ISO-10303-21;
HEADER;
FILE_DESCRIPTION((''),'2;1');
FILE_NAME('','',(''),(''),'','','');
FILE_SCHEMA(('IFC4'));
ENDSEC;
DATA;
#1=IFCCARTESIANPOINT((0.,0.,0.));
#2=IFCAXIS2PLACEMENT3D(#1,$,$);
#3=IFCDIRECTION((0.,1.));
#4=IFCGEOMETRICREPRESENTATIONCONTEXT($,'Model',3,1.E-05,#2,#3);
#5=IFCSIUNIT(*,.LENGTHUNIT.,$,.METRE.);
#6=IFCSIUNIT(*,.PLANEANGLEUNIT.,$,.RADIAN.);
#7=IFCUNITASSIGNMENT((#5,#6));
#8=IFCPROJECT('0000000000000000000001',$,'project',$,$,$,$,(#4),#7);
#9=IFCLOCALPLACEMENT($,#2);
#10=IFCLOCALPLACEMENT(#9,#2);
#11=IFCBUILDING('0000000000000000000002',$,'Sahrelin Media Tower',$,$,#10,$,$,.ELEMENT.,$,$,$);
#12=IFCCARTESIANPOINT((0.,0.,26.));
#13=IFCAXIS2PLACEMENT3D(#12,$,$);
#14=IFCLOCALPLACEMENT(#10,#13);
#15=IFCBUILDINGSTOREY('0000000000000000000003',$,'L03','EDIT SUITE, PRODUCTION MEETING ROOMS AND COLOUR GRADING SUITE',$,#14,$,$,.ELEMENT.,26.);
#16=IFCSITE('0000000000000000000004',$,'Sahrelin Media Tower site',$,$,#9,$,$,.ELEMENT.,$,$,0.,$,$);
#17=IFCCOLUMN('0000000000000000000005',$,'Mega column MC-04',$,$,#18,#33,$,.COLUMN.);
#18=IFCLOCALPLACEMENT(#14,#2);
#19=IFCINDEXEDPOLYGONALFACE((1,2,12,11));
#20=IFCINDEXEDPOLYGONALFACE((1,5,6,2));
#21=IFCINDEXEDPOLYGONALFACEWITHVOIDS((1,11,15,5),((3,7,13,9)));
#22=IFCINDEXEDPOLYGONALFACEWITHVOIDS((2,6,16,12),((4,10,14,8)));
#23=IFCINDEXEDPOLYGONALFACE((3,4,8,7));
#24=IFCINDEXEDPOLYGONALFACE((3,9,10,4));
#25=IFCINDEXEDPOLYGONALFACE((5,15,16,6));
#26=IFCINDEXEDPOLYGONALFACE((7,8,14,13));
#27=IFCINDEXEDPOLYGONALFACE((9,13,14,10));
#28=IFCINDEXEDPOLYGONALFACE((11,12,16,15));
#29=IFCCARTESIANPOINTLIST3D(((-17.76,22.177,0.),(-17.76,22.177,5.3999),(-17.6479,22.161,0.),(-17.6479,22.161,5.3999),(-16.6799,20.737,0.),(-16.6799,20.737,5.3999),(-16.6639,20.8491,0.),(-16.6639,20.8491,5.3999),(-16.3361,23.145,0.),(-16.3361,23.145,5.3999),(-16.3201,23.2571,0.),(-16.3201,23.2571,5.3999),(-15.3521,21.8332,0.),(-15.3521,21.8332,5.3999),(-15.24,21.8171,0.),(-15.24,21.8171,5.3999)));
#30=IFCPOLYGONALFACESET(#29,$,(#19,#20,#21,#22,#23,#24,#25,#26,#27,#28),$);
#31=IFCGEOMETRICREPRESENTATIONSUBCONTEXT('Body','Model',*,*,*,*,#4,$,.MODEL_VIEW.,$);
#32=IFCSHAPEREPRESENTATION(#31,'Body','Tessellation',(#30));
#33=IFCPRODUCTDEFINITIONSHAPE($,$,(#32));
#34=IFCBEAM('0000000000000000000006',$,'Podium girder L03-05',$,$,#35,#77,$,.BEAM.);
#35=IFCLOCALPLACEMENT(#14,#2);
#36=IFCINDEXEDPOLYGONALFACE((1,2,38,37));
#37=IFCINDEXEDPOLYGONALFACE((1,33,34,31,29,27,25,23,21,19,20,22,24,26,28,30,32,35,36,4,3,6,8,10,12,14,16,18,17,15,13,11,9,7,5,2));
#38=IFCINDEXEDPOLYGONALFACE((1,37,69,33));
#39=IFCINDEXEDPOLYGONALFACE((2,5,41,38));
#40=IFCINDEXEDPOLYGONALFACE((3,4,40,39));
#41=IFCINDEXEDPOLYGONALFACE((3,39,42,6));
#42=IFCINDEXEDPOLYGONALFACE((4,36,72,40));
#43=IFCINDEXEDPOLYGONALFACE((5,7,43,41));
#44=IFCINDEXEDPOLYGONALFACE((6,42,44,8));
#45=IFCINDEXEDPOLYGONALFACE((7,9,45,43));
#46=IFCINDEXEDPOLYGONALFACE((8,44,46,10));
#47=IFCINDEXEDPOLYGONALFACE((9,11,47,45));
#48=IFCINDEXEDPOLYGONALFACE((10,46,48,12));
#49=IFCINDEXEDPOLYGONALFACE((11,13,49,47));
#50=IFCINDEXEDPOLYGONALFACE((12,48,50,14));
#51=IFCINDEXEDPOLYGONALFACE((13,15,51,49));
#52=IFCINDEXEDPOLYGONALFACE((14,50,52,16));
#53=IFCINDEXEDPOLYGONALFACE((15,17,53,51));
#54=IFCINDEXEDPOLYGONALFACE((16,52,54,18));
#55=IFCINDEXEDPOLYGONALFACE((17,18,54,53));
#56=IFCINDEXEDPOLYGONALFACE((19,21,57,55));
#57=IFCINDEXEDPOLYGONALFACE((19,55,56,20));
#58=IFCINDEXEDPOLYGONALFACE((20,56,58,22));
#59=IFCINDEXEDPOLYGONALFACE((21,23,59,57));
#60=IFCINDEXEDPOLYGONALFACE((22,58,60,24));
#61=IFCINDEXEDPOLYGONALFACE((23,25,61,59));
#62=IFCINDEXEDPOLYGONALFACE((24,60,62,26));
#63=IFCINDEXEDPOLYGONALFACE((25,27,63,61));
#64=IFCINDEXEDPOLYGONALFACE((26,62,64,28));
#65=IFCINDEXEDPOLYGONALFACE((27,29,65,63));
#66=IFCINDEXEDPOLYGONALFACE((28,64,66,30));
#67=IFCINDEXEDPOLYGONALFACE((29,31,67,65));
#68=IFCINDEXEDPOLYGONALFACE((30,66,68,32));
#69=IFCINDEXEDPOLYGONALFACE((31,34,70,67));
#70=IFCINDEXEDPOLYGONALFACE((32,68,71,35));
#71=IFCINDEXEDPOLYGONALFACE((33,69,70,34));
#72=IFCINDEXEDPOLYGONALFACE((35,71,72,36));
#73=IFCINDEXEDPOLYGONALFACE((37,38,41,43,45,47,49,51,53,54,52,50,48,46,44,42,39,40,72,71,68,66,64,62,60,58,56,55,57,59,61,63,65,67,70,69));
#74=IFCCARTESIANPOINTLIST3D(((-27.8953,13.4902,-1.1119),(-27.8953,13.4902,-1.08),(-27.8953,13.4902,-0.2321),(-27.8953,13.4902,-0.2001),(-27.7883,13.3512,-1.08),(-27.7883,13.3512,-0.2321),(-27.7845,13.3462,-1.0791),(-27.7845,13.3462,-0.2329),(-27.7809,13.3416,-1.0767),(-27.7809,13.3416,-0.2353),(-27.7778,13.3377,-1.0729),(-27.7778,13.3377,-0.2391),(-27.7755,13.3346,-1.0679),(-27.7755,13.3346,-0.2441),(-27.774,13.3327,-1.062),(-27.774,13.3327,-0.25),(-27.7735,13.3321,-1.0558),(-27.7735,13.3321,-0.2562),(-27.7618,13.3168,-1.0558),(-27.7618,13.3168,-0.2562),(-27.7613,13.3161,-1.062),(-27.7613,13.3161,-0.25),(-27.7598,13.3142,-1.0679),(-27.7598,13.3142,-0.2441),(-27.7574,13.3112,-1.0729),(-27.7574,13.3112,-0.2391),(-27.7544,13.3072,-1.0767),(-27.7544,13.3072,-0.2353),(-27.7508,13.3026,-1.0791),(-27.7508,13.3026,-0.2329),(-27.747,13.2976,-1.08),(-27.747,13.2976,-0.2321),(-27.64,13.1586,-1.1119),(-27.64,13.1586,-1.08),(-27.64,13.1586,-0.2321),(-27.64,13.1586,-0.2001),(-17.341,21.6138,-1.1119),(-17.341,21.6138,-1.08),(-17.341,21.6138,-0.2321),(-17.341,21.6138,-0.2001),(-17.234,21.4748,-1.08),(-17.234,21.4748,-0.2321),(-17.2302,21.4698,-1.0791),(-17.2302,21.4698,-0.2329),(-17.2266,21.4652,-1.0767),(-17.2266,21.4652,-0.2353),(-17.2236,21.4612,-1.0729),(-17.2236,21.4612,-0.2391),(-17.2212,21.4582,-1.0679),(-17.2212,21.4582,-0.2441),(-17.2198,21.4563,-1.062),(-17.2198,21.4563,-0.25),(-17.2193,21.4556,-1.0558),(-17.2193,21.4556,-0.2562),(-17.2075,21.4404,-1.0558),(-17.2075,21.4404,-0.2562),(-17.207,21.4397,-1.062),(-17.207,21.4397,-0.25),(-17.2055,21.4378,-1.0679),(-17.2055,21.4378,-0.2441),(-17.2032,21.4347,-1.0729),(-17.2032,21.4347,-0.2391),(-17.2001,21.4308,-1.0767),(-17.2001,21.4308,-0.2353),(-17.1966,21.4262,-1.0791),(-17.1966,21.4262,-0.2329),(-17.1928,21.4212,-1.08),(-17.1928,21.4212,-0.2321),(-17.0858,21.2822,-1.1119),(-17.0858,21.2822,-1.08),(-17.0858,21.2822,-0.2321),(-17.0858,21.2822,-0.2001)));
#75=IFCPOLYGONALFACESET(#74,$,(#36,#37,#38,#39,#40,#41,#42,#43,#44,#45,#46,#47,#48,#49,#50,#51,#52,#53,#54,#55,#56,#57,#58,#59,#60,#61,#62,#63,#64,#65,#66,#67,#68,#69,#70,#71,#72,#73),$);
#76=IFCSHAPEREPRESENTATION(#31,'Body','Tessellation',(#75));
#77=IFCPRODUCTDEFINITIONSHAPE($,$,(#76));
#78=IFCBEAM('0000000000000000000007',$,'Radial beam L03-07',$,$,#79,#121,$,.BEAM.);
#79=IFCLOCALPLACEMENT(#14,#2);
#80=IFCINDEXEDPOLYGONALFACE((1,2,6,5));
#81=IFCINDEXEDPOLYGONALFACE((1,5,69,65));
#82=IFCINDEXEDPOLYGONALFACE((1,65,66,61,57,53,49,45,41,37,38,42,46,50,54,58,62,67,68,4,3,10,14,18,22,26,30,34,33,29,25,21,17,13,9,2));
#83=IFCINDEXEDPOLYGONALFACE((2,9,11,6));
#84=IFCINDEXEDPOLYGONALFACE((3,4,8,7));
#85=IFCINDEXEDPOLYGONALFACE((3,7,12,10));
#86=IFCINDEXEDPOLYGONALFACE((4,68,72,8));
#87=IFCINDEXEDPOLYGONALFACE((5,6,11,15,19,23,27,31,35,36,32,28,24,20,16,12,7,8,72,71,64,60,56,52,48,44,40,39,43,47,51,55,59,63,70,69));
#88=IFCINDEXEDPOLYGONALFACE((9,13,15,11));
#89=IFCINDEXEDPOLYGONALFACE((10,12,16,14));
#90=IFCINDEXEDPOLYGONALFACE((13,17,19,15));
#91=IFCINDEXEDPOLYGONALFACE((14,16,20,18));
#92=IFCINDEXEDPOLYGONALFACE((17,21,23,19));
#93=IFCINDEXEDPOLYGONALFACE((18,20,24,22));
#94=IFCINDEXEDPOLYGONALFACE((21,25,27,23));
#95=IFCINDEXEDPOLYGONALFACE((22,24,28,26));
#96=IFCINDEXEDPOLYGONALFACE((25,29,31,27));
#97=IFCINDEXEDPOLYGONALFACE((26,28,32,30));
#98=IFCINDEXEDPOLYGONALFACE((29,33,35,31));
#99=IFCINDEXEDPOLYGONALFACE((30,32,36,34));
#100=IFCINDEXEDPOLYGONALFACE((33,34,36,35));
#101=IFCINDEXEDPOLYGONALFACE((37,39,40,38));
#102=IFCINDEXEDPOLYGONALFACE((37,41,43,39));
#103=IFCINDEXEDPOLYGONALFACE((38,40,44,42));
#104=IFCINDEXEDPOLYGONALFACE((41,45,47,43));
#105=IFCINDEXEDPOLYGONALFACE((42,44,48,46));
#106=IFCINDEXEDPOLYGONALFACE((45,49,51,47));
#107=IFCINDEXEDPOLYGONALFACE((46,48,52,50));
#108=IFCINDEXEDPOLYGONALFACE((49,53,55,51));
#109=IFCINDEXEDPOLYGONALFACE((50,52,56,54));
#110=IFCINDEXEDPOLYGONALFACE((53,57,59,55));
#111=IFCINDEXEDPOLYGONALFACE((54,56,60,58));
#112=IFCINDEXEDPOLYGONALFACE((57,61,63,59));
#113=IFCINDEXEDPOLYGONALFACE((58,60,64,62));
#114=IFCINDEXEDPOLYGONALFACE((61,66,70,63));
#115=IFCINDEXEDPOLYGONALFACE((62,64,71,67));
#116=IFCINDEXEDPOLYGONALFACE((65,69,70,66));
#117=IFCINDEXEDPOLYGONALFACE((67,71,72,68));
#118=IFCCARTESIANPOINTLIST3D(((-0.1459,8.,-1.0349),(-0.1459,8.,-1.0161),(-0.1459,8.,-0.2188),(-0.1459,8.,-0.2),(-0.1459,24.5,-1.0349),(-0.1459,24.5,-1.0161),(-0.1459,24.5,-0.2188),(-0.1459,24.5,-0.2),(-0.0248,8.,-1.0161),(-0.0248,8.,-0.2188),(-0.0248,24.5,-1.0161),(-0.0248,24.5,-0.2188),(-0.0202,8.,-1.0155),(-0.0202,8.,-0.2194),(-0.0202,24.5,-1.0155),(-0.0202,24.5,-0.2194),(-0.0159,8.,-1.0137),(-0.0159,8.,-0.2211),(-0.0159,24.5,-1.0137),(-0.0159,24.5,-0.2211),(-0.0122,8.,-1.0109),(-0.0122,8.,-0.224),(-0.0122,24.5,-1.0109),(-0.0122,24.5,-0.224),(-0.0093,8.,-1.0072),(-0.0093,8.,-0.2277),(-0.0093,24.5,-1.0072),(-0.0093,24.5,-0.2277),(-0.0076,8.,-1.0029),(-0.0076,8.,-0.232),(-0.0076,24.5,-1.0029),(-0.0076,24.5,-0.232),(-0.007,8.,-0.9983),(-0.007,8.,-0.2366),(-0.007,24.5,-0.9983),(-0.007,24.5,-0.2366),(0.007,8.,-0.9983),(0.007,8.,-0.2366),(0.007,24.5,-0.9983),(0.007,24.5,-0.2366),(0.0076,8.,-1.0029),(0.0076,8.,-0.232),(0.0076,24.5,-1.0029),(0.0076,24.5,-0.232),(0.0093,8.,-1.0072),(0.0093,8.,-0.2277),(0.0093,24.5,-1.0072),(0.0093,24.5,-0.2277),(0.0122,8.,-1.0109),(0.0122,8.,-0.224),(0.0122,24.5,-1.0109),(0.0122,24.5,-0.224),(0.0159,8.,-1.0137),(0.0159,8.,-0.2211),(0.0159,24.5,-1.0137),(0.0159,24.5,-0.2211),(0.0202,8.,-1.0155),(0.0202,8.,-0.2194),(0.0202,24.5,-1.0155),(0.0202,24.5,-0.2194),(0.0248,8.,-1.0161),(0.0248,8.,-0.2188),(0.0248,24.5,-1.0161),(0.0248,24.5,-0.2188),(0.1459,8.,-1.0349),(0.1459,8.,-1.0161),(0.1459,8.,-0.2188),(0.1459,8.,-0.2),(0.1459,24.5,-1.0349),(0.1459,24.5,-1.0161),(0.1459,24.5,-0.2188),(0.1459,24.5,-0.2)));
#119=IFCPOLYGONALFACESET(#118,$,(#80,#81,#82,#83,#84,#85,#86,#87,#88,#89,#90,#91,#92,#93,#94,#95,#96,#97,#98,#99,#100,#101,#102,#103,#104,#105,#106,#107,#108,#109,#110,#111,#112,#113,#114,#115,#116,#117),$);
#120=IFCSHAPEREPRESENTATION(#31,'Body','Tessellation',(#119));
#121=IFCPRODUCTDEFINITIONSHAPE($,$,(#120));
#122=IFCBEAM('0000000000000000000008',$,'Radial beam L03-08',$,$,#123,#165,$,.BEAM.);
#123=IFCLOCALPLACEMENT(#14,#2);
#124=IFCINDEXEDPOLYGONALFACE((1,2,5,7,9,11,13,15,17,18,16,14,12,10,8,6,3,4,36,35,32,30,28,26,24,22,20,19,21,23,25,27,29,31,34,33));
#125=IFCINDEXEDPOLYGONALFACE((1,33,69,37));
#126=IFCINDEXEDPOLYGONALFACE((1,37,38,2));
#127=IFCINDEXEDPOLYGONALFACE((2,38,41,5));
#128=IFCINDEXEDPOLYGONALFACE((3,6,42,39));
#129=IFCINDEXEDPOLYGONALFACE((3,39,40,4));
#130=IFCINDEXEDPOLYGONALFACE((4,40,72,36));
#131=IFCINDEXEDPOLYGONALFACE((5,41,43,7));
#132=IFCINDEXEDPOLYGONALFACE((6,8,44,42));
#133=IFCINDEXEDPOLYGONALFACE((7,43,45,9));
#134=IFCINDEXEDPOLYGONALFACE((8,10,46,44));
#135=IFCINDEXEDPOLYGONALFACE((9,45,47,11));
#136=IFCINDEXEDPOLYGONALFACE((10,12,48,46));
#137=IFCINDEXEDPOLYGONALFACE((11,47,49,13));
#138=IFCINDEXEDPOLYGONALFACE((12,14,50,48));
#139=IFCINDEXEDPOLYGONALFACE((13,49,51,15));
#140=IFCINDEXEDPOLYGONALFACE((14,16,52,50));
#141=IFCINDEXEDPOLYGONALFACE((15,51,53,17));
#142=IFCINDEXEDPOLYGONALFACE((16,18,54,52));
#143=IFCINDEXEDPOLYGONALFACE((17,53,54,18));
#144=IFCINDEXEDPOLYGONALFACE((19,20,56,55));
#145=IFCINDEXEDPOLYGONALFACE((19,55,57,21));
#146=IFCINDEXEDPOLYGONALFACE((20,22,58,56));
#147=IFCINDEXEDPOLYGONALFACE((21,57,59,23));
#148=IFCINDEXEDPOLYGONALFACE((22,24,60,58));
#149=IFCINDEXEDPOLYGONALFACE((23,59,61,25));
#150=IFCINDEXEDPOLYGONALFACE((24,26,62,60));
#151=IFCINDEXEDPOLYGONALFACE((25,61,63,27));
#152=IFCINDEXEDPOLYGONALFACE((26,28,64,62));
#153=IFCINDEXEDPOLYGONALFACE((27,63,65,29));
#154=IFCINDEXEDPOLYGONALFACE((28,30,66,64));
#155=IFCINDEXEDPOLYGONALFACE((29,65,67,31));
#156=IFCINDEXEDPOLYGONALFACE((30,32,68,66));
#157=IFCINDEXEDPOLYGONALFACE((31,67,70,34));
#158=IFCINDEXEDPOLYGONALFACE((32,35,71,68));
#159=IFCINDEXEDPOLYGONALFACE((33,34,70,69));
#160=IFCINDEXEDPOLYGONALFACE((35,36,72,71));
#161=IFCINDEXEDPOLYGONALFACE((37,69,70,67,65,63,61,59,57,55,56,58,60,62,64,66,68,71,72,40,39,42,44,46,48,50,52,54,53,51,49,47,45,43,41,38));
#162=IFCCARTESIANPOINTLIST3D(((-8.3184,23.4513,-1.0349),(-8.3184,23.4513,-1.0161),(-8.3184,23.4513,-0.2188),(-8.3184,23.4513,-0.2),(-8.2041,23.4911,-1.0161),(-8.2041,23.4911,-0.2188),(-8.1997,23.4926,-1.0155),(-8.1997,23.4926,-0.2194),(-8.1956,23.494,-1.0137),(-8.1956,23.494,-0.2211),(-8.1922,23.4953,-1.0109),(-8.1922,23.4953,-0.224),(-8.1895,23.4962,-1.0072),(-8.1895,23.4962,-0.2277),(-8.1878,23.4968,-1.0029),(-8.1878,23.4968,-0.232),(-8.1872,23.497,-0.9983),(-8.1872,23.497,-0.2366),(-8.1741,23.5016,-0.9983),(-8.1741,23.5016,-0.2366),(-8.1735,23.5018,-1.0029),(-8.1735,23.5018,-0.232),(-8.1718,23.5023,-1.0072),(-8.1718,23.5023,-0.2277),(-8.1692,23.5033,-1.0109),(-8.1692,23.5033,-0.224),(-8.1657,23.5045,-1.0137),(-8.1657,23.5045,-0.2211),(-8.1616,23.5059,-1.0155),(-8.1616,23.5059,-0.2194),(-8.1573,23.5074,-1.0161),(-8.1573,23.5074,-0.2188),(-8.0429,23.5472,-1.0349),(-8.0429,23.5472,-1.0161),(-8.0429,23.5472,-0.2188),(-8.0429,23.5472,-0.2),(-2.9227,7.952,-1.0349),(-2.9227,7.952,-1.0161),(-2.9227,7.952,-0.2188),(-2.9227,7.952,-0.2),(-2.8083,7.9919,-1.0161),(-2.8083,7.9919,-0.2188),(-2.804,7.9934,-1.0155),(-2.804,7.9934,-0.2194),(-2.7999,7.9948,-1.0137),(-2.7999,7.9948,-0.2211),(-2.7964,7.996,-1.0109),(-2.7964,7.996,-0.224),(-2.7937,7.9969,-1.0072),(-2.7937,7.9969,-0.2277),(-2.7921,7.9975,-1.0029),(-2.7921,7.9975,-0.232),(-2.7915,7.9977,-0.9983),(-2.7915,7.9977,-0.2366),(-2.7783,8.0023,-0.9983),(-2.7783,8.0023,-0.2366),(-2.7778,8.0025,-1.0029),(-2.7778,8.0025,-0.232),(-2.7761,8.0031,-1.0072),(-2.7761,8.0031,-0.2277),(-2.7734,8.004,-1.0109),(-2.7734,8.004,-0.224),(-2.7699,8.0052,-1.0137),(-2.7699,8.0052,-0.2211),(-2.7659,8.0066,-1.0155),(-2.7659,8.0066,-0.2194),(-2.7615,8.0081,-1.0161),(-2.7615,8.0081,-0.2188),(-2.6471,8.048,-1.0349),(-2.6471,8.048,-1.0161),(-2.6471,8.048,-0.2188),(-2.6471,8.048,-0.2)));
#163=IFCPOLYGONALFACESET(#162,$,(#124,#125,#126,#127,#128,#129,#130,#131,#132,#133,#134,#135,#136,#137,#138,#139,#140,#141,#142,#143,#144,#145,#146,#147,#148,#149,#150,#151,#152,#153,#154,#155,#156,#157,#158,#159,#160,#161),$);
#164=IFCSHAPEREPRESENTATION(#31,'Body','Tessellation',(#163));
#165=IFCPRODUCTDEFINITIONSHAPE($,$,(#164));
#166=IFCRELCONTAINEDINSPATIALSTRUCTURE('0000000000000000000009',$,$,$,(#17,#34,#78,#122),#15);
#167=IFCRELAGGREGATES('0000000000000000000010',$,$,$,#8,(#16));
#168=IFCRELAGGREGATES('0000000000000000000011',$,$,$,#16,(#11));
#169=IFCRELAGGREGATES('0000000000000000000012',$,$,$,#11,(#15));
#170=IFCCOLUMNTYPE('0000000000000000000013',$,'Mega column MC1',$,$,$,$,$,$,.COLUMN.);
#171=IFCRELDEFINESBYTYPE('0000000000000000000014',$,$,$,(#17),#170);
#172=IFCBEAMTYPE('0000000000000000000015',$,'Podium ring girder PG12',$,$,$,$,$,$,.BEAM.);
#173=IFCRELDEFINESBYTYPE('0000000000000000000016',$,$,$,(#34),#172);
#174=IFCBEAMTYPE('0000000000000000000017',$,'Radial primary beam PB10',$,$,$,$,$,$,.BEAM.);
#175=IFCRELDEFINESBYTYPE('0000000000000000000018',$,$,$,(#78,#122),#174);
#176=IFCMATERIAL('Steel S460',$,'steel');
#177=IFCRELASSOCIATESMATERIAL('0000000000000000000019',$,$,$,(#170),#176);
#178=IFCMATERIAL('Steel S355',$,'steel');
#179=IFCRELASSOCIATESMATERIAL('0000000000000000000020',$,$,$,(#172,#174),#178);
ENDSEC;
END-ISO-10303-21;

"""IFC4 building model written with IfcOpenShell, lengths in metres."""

from ifc_helpers import new_model, si_unit, direction, frame, origin, origin_2d, place, context, subcontext, project, spatial, hollow_rectangle, i_section, extrude, material, material_profile, profile_set, type_object, element, save


model = new_model("IFC4")

# Units and contexts
model_context = context("Model", 3, precision=1e-05, world=origin(), true_north=direction((0.0, 1.0)))
body_context = subcontext(model_context, "Body", "Model", "MODEL_VIEW")
ifc_project = project(units=[si_unit("LENGTHUNIT", "METRE"), si_unit("PLANEANGLEUNIT", "RADIAN")], contexts=[model_context])

# Site, building, storey
site_placement = place(None, origin())
site = spatial("IfcSite", under=ifc_project, at=site_placement, Name="Sahrelin Media Tower site", CompositionType="ELEMENT", RefElevation=0.0)
building_placement = place(site_placement, origin())
building = spatial("IfcBuilding", under=site, at=building_placement, Name="Sahrelin Media Tower", CompositionType="ELEMENT")
storey_placement = place(building_placement, frame((0.0, 0.0, 26.0)))
storey = spatial("IfcBuildingStorey", under=building, at=storey_placement, Name="L03", Description="EDIT SUITE, PRODUCTION MEETING ROOMS AND COLOUR GRADING SUITE", CompositionType="ELEMENT", Elevation=26.0)

# Column
ifc_material_1 = material(Name="Steel S460", Category="steel")
ifc_material_profile_1 = material_profile(ifc_material_1, hollow_rectangle(XDim=1.8, YDim=1.8, WallThickness=0.0801, at=origin_2d()), Name="Mega column MC1")
ifc_profile_set_1 = profile_set([ifc_material_profile_1], Name="Steel S460")
column_type = type_object("IfcColumnType", Name="Mega column MC1", PredefinedType="COLUMN", material=ifc_profile_set_1)
column_placement = place(storey_placement, frame((-16.5, 21.9971, 0.0), z_axis=(0.0, 0.0, 1.0), x_axis=(-0.600052, 0.799961, 0.0)))
element("IfcColumn", 1, at=column_placement, inside=storey, type_object=column_type, Name="Mega column MC-04", PredefinedType="COLUMN", context=body_context, shape_type="SweptSolid", body=[
    extrude(hollow_rectangle(XDim=1.8, YDim=1.8, WallThickness=0.0801, at=origin_2d()), origin(), (0.0, 0.0, 1.0), 5.3999),
])

# Beams
ifc_material_2 = material(Name="Steel S355", Category="steel")
ifc_material_profile_2 = material_profile(ifc_material_2, i_section(OverallWidth=0.4185, OverallDepth=0.9119, WebThickness=0.0193, FlangeThickness=0.032, FilletRadius=0.0242, at=origin_2d()), Name="UB 914x419x343")
ifc_profile_set_2 = profile_set([ifc_material_profile_2], Name="Steel S355")
beam_type_1 = type_object("IfcBeamType", Name="Podium ring girder PG12", PredefinedType="BEAM", material=ifc_profile_set_2)
beam_1_placement = place(storey_placement, frame((-17.2134, 21.448, -0.656), z_axis=(-0.792445, -0.609943, 0.0), x_axis=(0.609943, -0.792445, 0.0)))
element("IfcBeam", 2, at=beam_1_placement, inside=storey, type_object=beam_type_1, Name="Podium girder L03-05", PredefinedType="BEAM", context=body_context, shape_type="SweptSolid", body=[
    extrude(i_section(OverallWidth=0.4185, OverallDepth=0.9119, WebThickness=0.0193, FlangeThickness=0.032, FilletRadius=0.0242, at=origin_2d()), origin(), (0.0, 0.0, 1.0), 13.3186),
])
ifc_material_profile_3 = material_profile(ifc_material_2, i_section(OverallWidth=0.2917, OverallDepth=0.835, WebThickness=0.0139, FlangeThickness=0.0188, FilletRadius=0.0178, at=origin_2d()), Name="UB 838x292x176")
ifc_profile_set_3 = profile_set([ifc_material_profile_3], Name="Steel S355")
beam_type_2 = type_object("IfcBeamType", Name="Radial primary beam PB10", PredefinedType="BEAM", material=ifc_profile_set_3)
beam_2_placement = place(storey_placement, frame((0.0, 8.0, -0.6174), z_axis=(0.0, 1.0, 0.0), x_axis=(-1.0, 0.0, 0.0)))
element("IfcBeam", 3, at=beam_2_placement, inside=storey, type_object=beam_type_2, Name="Radial beam L03-07", PredefinedType="BEAM", context=body_context, shape_type="SweptSolid", body=[
    extrude(i_section(OverallWidth=0.2917, OverallDepth=0.835, WebThickness=0.0139, FlangeThickness=0.0188, FilletRadius=0.0178, at=origin_2d()), origin(), (0.0, 0.0, 1.0), 16.5),
])
beam_3_placement = place(storey_placement, frame((-2.7849, 8.0, -0.6174), z_axis=(-0.328776, 0.944408, 0.0), x_axis=(-0.944408, -0.328776, 0.0)))
element("IfcBeam", 4, at=beam_3_placement, inside=storey, type_object=beam_type_2, Name="Radial beam L03-08", PredefinedType="BEAM", context=body_context, shape_type="SweptSolid", body=[
    extrude(i_section(OverallWidth=0.2917, OverallDepth=0.835, WebThickness=0.0139, FlangeThickness=0.0188, FilletRadius=0.0178, at=origin_2d()), origin(), (0.0, 0.0, 1.0), 16.4116),
])

save(model, "model.ifc")
